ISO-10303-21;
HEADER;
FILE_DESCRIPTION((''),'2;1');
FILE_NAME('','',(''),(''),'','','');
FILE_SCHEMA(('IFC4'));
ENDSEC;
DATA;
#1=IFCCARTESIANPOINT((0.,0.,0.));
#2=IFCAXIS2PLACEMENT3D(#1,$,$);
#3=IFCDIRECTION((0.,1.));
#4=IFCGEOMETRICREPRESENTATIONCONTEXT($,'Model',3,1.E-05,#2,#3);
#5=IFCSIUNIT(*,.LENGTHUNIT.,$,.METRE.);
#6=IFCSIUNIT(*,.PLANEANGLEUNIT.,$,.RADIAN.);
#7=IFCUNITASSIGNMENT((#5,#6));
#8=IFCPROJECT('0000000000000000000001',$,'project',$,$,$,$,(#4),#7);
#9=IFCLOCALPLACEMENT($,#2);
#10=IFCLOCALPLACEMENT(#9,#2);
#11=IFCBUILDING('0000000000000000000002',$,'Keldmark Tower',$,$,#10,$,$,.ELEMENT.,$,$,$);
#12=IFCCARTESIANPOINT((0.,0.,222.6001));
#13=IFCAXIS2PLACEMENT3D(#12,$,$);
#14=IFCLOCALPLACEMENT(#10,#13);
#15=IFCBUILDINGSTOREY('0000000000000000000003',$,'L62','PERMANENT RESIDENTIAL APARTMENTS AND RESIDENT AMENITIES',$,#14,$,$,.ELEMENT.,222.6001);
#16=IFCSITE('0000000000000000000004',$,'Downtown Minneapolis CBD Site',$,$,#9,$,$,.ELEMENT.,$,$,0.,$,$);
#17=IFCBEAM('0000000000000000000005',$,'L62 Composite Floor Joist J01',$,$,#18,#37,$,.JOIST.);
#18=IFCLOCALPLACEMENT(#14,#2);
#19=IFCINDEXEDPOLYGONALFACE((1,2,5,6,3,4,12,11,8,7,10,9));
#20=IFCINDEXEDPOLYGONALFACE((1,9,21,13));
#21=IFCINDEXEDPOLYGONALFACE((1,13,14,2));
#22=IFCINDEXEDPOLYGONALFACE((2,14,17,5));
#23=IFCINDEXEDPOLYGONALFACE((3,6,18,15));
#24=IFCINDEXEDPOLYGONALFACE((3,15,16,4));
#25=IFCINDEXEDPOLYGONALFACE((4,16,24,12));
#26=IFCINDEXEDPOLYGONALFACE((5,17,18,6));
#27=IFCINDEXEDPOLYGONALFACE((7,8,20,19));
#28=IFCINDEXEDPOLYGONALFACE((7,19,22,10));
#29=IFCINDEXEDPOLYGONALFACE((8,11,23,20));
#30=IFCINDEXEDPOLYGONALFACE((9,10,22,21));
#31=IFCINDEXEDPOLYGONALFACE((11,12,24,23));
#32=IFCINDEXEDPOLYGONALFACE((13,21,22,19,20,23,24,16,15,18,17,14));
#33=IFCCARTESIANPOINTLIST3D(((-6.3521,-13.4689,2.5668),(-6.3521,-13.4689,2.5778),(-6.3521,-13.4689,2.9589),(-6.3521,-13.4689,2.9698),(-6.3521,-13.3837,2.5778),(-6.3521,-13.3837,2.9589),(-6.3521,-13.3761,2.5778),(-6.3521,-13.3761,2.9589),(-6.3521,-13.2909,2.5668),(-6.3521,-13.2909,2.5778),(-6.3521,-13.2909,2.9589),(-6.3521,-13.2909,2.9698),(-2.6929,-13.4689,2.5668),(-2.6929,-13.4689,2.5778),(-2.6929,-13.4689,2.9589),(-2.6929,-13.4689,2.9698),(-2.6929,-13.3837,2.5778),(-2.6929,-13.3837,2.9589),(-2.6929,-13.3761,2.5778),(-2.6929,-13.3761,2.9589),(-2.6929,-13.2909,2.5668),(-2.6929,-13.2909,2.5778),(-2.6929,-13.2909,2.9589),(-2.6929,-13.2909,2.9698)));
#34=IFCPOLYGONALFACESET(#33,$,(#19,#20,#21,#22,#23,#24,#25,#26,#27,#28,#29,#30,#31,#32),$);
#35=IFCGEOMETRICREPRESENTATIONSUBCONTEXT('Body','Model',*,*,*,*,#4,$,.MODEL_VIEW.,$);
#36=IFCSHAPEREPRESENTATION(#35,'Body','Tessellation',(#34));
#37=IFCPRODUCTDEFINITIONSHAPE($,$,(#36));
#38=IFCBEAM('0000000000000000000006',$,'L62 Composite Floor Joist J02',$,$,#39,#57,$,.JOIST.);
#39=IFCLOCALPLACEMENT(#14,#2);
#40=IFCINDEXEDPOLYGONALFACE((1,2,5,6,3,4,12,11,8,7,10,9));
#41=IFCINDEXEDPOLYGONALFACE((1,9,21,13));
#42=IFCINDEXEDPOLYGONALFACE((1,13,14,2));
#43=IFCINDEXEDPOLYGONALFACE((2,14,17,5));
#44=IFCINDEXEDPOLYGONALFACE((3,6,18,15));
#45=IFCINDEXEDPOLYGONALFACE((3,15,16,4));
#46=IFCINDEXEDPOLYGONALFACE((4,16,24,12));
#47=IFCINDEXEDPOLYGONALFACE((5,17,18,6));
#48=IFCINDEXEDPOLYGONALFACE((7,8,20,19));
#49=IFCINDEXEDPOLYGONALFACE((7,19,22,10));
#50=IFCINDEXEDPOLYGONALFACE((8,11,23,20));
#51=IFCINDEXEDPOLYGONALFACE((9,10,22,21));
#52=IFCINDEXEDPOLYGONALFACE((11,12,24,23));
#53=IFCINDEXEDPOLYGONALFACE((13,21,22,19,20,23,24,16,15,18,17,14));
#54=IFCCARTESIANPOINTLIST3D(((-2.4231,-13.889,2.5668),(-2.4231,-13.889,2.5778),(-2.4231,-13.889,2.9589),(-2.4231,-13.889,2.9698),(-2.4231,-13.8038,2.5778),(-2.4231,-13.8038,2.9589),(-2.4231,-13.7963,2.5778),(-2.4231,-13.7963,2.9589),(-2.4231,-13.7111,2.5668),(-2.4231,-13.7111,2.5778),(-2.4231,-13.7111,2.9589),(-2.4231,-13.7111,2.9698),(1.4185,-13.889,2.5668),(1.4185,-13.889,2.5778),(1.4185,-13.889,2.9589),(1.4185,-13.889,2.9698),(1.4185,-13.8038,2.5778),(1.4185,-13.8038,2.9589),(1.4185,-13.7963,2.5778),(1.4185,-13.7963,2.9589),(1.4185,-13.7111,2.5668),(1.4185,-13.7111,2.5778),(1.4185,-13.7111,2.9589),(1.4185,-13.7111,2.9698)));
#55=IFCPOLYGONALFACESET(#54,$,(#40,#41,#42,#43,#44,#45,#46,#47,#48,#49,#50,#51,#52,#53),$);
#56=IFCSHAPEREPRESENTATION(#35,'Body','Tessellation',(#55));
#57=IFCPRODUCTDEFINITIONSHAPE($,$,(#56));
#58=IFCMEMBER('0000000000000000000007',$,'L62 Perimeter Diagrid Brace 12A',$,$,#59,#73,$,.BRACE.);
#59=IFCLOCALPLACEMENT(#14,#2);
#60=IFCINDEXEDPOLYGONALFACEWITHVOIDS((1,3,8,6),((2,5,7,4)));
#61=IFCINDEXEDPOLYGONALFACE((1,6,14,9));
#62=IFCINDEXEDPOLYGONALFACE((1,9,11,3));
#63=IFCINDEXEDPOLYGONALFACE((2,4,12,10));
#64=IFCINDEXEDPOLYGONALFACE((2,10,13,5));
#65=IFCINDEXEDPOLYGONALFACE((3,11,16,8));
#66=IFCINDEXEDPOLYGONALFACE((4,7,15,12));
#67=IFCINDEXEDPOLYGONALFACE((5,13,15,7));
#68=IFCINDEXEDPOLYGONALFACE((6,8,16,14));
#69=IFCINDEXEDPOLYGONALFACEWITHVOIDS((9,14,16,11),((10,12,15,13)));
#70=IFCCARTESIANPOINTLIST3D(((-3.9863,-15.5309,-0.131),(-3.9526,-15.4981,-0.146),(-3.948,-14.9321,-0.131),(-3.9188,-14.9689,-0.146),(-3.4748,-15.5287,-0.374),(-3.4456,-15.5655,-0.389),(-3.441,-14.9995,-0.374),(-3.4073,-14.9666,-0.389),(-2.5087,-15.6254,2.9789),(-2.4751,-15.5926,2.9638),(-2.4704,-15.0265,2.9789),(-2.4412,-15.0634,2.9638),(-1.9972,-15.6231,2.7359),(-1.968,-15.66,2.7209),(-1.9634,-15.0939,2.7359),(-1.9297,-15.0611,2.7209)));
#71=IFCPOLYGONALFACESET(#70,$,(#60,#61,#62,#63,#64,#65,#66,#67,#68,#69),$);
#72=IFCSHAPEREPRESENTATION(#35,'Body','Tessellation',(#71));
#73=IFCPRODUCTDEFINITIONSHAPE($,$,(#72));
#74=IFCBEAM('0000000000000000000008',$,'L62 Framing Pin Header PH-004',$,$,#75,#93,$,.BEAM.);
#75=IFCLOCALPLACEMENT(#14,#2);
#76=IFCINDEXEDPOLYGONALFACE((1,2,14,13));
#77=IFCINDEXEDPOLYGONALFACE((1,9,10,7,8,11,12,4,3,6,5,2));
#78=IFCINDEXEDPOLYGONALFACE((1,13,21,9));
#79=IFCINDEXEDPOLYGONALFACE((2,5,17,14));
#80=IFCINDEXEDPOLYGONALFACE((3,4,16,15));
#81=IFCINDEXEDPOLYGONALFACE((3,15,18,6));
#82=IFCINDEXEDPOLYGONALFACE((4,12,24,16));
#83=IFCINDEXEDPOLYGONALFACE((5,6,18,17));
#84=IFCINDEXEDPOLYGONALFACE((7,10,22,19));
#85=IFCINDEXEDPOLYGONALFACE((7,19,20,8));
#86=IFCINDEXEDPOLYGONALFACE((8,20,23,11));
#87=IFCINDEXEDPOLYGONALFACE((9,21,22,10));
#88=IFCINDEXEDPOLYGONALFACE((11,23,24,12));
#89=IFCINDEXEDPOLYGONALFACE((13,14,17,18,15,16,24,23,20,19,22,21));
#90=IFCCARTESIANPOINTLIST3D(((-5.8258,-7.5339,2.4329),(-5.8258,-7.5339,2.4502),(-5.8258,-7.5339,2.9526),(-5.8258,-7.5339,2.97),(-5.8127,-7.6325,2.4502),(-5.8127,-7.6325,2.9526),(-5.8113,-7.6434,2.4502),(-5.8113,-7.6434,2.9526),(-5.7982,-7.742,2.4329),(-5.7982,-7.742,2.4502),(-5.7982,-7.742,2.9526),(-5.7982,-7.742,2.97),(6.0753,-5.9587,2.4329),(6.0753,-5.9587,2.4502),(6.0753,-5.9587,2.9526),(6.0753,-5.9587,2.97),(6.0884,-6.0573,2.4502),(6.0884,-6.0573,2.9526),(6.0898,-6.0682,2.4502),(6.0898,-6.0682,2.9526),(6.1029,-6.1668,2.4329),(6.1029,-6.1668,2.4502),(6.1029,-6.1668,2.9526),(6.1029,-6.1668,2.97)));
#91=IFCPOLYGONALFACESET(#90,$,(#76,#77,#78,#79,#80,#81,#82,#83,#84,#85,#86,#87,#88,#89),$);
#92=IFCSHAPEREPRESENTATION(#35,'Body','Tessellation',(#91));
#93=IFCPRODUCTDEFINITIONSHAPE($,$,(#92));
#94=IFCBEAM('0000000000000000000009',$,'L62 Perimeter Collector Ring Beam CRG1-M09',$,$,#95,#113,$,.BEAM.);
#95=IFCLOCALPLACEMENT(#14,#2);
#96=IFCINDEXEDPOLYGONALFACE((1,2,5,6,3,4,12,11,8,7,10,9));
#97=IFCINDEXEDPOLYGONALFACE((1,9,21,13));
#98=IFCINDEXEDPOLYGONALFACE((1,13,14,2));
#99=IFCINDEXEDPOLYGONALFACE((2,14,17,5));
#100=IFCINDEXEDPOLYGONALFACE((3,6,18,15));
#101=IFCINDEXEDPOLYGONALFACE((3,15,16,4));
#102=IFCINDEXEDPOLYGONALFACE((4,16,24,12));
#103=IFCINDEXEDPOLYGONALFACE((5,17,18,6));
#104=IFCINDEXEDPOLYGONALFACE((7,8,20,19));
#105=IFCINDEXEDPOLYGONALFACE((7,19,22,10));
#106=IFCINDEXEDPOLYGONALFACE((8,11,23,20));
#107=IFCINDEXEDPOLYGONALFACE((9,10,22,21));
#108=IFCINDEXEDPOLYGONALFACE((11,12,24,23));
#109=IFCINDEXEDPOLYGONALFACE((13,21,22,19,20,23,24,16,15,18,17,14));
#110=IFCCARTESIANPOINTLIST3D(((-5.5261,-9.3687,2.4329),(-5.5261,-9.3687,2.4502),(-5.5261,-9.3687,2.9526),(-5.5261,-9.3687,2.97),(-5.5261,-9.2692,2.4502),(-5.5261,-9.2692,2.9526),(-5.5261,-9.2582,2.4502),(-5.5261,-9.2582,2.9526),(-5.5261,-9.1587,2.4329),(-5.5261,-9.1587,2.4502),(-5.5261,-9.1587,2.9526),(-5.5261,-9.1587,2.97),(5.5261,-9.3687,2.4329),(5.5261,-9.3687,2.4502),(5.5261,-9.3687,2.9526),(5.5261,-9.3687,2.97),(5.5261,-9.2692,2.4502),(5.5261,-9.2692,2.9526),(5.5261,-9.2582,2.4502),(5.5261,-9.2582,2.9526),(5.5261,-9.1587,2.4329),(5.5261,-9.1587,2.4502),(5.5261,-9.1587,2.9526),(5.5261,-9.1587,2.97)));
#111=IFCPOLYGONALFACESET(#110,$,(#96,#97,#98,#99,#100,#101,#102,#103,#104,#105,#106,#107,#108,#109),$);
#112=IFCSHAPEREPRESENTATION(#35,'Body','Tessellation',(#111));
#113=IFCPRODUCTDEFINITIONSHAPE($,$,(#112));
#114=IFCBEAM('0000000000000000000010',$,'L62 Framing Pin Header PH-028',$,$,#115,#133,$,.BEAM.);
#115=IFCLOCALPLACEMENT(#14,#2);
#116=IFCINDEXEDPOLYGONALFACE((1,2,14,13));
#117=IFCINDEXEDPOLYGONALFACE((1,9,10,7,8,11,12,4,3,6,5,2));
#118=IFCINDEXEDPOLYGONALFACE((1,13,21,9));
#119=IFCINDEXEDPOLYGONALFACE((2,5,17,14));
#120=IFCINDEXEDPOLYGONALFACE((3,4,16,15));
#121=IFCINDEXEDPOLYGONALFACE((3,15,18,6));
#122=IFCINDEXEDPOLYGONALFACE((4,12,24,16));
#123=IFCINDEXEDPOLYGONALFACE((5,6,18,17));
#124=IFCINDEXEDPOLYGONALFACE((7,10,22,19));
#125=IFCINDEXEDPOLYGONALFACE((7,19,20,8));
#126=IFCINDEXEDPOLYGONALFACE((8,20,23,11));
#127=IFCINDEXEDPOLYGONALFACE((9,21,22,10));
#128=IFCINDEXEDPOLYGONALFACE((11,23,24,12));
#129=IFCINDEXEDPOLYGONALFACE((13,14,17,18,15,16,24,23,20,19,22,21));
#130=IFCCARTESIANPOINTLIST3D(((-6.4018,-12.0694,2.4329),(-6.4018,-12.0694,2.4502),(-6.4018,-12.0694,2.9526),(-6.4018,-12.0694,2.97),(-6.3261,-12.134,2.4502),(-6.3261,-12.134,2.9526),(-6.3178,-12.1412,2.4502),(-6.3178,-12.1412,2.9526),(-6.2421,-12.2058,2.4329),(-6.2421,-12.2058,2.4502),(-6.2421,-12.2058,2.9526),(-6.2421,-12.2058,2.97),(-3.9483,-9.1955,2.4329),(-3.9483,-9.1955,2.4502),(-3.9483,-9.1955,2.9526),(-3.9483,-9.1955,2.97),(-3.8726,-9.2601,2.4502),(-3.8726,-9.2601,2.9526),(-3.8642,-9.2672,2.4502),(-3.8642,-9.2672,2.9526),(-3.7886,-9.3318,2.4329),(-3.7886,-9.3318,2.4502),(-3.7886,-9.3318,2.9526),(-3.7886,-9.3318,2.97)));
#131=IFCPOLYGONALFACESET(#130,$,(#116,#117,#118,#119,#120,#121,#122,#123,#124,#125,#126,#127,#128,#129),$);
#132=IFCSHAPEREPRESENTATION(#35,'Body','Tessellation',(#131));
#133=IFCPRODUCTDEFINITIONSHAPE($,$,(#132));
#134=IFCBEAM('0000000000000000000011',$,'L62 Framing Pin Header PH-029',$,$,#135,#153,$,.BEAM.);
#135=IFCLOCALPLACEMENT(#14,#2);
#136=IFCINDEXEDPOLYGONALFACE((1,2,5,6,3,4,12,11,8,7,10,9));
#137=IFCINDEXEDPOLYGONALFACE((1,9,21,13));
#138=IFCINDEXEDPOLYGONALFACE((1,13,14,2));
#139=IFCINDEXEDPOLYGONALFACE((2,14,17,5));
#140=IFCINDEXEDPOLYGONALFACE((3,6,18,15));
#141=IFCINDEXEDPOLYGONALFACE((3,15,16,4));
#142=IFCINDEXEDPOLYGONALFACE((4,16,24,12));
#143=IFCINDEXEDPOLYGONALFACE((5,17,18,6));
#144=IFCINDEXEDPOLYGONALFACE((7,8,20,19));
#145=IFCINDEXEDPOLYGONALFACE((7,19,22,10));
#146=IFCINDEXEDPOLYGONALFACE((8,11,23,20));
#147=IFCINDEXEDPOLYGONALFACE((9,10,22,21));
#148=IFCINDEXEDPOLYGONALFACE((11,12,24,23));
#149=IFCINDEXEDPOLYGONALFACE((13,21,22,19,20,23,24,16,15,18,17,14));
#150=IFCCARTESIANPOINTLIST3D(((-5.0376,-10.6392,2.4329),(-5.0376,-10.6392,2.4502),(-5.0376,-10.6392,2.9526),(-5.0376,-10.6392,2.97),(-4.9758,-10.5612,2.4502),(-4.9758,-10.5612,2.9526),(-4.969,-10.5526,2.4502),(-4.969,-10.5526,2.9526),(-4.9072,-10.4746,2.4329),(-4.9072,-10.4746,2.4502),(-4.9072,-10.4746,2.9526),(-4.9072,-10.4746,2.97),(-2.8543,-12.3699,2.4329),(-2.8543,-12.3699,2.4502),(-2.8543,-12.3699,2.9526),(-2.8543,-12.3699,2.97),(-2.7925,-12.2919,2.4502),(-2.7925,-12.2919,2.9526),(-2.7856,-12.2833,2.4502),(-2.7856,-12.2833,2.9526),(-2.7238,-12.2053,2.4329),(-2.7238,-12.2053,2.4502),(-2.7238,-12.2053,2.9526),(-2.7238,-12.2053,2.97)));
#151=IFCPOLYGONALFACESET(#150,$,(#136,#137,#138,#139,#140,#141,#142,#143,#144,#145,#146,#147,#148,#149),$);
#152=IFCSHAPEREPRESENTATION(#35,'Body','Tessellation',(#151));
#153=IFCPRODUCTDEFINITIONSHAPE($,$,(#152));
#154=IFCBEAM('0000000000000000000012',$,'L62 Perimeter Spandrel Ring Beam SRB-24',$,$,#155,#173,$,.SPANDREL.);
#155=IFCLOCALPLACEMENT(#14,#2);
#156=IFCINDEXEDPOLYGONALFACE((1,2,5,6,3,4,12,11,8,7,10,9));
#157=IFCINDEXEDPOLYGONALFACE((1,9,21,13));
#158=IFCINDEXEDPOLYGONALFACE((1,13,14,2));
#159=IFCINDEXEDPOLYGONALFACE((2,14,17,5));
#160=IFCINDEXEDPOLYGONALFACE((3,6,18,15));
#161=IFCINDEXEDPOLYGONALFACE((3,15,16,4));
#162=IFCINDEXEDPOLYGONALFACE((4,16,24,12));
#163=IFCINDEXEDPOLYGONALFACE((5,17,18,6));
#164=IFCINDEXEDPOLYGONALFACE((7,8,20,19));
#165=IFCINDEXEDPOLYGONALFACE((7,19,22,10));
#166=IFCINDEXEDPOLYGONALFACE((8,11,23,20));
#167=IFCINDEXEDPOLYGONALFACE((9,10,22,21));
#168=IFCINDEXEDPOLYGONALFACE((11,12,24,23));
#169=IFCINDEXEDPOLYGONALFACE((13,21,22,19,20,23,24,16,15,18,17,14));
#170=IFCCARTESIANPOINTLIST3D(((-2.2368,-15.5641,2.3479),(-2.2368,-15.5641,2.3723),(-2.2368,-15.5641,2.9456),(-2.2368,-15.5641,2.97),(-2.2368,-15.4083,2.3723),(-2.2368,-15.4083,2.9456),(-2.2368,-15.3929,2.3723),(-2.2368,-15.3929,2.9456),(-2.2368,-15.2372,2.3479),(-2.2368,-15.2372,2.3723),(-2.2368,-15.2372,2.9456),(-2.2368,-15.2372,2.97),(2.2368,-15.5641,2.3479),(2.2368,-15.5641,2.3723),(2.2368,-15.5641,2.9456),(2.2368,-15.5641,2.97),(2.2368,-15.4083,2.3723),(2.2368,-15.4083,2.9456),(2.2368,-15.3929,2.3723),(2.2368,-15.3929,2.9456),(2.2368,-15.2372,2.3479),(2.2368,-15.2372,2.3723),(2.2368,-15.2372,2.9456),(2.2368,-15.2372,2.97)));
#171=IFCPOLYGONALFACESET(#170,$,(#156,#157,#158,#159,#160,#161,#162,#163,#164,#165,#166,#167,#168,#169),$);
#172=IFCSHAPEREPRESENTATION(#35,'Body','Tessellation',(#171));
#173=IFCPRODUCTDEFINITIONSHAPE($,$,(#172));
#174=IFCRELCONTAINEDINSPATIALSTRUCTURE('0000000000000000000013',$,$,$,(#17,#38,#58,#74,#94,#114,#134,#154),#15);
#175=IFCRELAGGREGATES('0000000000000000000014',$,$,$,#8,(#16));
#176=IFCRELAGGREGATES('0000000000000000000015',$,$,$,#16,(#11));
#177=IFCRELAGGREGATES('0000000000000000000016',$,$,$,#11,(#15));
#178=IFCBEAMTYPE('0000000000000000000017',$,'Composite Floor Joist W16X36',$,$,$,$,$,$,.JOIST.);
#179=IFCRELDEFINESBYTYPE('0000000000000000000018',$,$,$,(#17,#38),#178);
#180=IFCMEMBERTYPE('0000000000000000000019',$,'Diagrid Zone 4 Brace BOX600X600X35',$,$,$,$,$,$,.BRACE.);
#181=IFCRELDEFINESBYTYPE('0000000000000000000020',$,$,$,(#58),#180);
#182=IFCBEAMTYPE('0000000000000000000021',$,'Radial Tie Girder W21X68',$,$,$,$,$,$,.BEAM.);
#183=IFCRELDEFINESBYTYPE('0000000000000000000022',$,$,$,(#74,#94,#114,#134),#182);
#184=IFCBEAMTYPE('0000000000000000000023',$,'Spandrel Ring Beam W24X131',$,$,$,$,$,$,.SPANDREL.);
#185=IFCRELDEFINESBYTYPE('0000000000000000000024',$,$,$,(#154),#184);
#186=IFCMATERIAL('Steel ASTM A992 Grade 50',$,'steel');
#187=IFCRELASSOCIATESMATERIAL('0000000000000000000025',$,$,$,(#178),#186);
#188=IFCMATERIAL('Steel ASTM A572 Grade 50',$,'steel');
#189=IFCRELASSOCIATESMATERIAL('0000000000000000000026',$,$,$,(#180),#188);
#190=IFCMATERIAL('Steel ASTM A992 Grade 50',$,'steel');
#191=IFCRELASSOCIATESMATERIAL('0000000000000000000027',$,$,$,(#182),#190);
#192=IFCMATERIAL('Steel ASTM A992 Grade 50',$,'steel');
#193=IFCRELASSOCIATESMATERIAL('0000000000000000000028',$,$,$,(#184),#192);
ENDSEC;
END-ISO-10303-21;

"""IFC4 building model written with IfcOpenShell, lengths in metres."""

from ifc_helpers import new_model, si_unit, direction, frame, origin, origin_2d, place, context, subcontext, project, spatial, hollow_rectangle, i_section, extrude, material, material_profile, profile_set, type_object, element, save


model = new_model("IFC4")

# Units and contexts
model_context = context("Model", 3, precision=1e-05, world=origin(), true_north=direction((0.0, 1.0)))
body_context = subcontext(model_context, "Body", "Model", "MODEL_VIEW")
ifc_project = project(units=[si_unit("LENGTHUNIT", "METRE"), si_unit("PLANEANGLEUNIT", "RADIAN")], contexts=[model_context])

# Site, building, storey
site_placement = place(None, origin())
site = spatial("IfcSite", under=ifc_project, at=site_placement, Name="Downtown Minneapolis CBD Site", CompositionType="ELEMENT", RefElevation=0.0)
building_placement = place(site_placement, origin())
building = spatial("IfcBuilding", under=site, at=building_placement, Name="Keldmark Tower", CompositionType="ELEMENT")
storey_placement = place(building_placement, frame((0.0, 0.0, 222.6001)))
storey = spatial("IfcBuildingStorey", under=building, at=storey_placement, Name="L62", Description="PERMANENT RESIDENTIAL APARTMENTS AND RESIDENT AMENITIES", CompositionType="ELEMENT", Elevation=222.6001)

# Beams
ifc_material_1 = material(Name="Steel ASTM A992 Grade 50", Category="steel")
ifc_material_profile_1 = material_profile(ifc_material_1, i_section(OverallWidth=0.178, OverallDepth=0.4031, WebThickness=0.0076, FlangeThickness=0.011, at=origin_2d()), Name="W16X36")
ifc_profile_set_1 = profile_set([ifc_material_profile_1], Name="Steel ASTM A992 Grade 50")
beam_type_1 = type_object("IfcBeamType", Name="Composite Floor Joist W16X36", PredefinedType="JOIST", material=ifc_profile_set_1)
beam_1_placement = place(storey_placement, frame((-6.3521, -13.3799, 2.7683), z_axis=(1.0, 0.0, 0.0), x_axis=(0.0, 1.0, 0.0)))
element("IfcBeam", 1, at=beam_1_placement, inside=storey, type_object=beam_type_1, Name="L62 Composite Floor Joist J01", PredefinedType="JOIST", context=body_context, shape_type="SweptSolid", body=[
    extrude(i_section(OverallWidth=0.178, OverallDepth=0.4031, WebThickness=0.0076, FlangeThickness=0.011, at=origin_2d()), origin(), (0.0, 0.0, 1.0), 3.6592),
])
beam_2_placement = place(storey_placement, frame((-2.4231, -13.8, 2.7683), z_axis=(1.0, 0.0, 0.0), x_axis=(0.0, 1.0, 0.0)))
element("IfcBeam", 2, at=beam_2_placement, inside=storey, type_object=beam_type_1, Name="L62 Composite Floor Joist J02", PredefinedType="JOIST", context=body_context, shape_type="SweptSolid", body=[
    extrude(i_section(OverallWidth=0.178, OverallDepth=0.4031, WebThickness=0.0076, FlangeThickness=0.011, at=origin_2d()), origin(), (0.0, 0.0, 1.0), 3.8416),
])

# Member
ifc_material_2 = material(Name="Steel ASTM A572 Grade 50", Category="steel")
ifc_material_profile_2 = material_profile(ifc_material_2, hollow_rectangle(XDim=0.6001, YDim=0.6001, WallThickness=0.0349, at=origin_2d()), Name="BOX600X600X35")
ifc_profile_set_2 = profile_set([ifc_material_profile_2], Name="Steel ASTM A572 Grade 50")
member_type = type_object("IfcMemberType", Name="Diagrid Zone 4 Brace BOX600X600X35", PredefinedType="BRACE", material=ifc_profile_set_2)
member_placement = place(storey_placement, frame((-3.6968, -15.2488, -0.26), z_axis=(0.428979, -0.027431, 0.902898), x_axis=(0.063815, 0.997962, 0.0)))
element("IfcMember", 3, at=member_placement, inside=storey, type_object=member_type, Name="L62 Perimeter Diagrid Brace 12A", PredefinedType="BRACE", context=body_context, shape_type="SweptSolid", body=[
    extrude(hollow_rectangle(XDim=0.6001, YDim=0.6001, WallThickness=0.0349, at=origin_2d()), origin(), (0.0, 0.0, 1.0), 3.4443),
])

# Beams
ifc_material_3 = material(Name="Steel ASTM A992 Grade 50", Category="steel")
ifc_material_profile_3 = material_profile(ifc_material_3, i_section(OverallWidth=0.21, OverallDepth=0.5371, WebThickness=0.011, FlangeThickness=0.0173, at=origin_2d()), Name="W21X68")
ifc_profile_set_3 = profile_set([ifc_material_profile_3], Name="Steel ASTM A992 Grade 50")
beam_type_2 = type_object("IfcBeamType", Name="Radial Tie Girder W21X68", PredefinedType="BEAM", material=ifc_profile_set_3)
beam_3_placement = place(storey_placement, frame((-5.812, -7.6379, 2.7014), z_axis=(0.991354, 0.131213, 0.0), x_axis=(-0.131213, 0.991354, 0.0)))
element("IfcBeam", 4, at=beam_3_placement, inside=storey, type_object=beam_type_2, Name="L62 Framing Pin Header PH-004", PredefinedType="BEAM", context=body_context, shape_type="SweptSolid", body=[
    extrude(i_section(OverallWidth=0.21, OverallDepth=0.5371, WebThickness=0.011, FlangeThickness=0.0173, at=origin_2d()), origin(), (0.0, 0.0, 1.0), 12.0049),
])
beam_4_placement = place(storey_placement, frame((-5.5261, -9.2637, 2.7014), z_axis=(1.0, 0.0, 0.0), x_axis=(0.0, 1.0, 0.0)))
element("IfcBeam", 5, at=beam_4_placement, inside=storey, type_object=beam_type_2, Name="L62 Perimeter Collector Ring Beam CRG1-M09", PredefinedType="BEAM", context=body_context, shape_type="SweptSolid", body=[
    extrude(i_section(OverallWidth=0.21, OverallDepth=0.5371, WebThickness=0.011, FlangeThickness=0.0173, at=origin_2d()), origin(), (0.0, 0.0, 1.0), 11.0522),
])
beam_5_placement = place(storey_placement, frame((-3.8684, -9.2637, 2.7014), z_axis=(-0.64929, -0.760541, 0.0), x_axis=(0.760541, -0.64929, 0.0)))
element("IfcBeam", 6, at=beam_5_placement, inside=storey, type_object=beam_type_2, Name="L62 Framing Pin Header PH-028", PredefinedType="BEAM", context=body_context, shape_type="SweptSolid", body=[
    extrude(i_section(OverallWidth=0.21, OverallDepth=0.5371, WebThickness=0.011, FlangeThickness=0.0173, at=origin_2d()), origin(), (0.0, 0.0, 1.0), 3.7788),
])
beam_6_placement = place(storey_placement, frame((-4.9724, -10.5569, 2.7014), z_axis=(0.783657, -0.621194, 0.0), x_axis=(0.621194, 0.783657, 0.0)))
element("IfcBeam", 7, at=beam_6_placement, inside=storey, type_object=beam_type_2, Name="L62 Framing Pin Header PH-029", PredefinedType="BEAM", context=body_context, shape_type="SweptSolid", body=[
    extrude(i_section(OverallWidth=0.21, OverallDepth=0.5371, WebThickness=0.011, FlangeThickness=0.0173, at=origin_2d()), origin(), (0.0, 0.0, 1.0), 2.7861),
])
ifc_material_4 = material(Name="Steel ASTM A992 Grade 50", Category="steel")
ifc_material_profile_4 = material_profile(ifc_material_4, i_section(OverallWidth=0.3269, OverallDepth=0.6221, WebThickness=0.0154, FlangeThickness=0.0244, at=origin_2d()), Name="W24X131")
ifc_profile_set_4 = profile_set([ifc_material_profile_4], Name="Steel ASTM A992 Grade 50")
beam_type_3 = type_object("IfcBeamType", Name="Spandrel Ring Beam W24X131", PredefinedType="SPANDREL", material=ifc_profile_set_4)
beam_7_placement = place(storey_placement, frame((-2.2368, -15.4006, 2.6589), z_axis=(1.0, 0.0, 0.0), x_axis=(0.0, 1.0, 0.0)))
element("IfcBeam", 8, at=beam_7_placement, inside=storey, type_object=beam_type_3, Name="L62 Perimeter Spandrel Ring Beam SRB-24", PredefinedType="SPANDREL", context=body_context, shape_type="SweptSolid", body=[
    extrude(i_section(OverallWidth=0.3269, OverallDepth=0.6221, WebThickness=0.0154, FlangeThickness=0.0244, at=origin_2d()), origin(), (0.0, 0.0, 1.0), 4.4736),
])

save(model, "model.ifc")
